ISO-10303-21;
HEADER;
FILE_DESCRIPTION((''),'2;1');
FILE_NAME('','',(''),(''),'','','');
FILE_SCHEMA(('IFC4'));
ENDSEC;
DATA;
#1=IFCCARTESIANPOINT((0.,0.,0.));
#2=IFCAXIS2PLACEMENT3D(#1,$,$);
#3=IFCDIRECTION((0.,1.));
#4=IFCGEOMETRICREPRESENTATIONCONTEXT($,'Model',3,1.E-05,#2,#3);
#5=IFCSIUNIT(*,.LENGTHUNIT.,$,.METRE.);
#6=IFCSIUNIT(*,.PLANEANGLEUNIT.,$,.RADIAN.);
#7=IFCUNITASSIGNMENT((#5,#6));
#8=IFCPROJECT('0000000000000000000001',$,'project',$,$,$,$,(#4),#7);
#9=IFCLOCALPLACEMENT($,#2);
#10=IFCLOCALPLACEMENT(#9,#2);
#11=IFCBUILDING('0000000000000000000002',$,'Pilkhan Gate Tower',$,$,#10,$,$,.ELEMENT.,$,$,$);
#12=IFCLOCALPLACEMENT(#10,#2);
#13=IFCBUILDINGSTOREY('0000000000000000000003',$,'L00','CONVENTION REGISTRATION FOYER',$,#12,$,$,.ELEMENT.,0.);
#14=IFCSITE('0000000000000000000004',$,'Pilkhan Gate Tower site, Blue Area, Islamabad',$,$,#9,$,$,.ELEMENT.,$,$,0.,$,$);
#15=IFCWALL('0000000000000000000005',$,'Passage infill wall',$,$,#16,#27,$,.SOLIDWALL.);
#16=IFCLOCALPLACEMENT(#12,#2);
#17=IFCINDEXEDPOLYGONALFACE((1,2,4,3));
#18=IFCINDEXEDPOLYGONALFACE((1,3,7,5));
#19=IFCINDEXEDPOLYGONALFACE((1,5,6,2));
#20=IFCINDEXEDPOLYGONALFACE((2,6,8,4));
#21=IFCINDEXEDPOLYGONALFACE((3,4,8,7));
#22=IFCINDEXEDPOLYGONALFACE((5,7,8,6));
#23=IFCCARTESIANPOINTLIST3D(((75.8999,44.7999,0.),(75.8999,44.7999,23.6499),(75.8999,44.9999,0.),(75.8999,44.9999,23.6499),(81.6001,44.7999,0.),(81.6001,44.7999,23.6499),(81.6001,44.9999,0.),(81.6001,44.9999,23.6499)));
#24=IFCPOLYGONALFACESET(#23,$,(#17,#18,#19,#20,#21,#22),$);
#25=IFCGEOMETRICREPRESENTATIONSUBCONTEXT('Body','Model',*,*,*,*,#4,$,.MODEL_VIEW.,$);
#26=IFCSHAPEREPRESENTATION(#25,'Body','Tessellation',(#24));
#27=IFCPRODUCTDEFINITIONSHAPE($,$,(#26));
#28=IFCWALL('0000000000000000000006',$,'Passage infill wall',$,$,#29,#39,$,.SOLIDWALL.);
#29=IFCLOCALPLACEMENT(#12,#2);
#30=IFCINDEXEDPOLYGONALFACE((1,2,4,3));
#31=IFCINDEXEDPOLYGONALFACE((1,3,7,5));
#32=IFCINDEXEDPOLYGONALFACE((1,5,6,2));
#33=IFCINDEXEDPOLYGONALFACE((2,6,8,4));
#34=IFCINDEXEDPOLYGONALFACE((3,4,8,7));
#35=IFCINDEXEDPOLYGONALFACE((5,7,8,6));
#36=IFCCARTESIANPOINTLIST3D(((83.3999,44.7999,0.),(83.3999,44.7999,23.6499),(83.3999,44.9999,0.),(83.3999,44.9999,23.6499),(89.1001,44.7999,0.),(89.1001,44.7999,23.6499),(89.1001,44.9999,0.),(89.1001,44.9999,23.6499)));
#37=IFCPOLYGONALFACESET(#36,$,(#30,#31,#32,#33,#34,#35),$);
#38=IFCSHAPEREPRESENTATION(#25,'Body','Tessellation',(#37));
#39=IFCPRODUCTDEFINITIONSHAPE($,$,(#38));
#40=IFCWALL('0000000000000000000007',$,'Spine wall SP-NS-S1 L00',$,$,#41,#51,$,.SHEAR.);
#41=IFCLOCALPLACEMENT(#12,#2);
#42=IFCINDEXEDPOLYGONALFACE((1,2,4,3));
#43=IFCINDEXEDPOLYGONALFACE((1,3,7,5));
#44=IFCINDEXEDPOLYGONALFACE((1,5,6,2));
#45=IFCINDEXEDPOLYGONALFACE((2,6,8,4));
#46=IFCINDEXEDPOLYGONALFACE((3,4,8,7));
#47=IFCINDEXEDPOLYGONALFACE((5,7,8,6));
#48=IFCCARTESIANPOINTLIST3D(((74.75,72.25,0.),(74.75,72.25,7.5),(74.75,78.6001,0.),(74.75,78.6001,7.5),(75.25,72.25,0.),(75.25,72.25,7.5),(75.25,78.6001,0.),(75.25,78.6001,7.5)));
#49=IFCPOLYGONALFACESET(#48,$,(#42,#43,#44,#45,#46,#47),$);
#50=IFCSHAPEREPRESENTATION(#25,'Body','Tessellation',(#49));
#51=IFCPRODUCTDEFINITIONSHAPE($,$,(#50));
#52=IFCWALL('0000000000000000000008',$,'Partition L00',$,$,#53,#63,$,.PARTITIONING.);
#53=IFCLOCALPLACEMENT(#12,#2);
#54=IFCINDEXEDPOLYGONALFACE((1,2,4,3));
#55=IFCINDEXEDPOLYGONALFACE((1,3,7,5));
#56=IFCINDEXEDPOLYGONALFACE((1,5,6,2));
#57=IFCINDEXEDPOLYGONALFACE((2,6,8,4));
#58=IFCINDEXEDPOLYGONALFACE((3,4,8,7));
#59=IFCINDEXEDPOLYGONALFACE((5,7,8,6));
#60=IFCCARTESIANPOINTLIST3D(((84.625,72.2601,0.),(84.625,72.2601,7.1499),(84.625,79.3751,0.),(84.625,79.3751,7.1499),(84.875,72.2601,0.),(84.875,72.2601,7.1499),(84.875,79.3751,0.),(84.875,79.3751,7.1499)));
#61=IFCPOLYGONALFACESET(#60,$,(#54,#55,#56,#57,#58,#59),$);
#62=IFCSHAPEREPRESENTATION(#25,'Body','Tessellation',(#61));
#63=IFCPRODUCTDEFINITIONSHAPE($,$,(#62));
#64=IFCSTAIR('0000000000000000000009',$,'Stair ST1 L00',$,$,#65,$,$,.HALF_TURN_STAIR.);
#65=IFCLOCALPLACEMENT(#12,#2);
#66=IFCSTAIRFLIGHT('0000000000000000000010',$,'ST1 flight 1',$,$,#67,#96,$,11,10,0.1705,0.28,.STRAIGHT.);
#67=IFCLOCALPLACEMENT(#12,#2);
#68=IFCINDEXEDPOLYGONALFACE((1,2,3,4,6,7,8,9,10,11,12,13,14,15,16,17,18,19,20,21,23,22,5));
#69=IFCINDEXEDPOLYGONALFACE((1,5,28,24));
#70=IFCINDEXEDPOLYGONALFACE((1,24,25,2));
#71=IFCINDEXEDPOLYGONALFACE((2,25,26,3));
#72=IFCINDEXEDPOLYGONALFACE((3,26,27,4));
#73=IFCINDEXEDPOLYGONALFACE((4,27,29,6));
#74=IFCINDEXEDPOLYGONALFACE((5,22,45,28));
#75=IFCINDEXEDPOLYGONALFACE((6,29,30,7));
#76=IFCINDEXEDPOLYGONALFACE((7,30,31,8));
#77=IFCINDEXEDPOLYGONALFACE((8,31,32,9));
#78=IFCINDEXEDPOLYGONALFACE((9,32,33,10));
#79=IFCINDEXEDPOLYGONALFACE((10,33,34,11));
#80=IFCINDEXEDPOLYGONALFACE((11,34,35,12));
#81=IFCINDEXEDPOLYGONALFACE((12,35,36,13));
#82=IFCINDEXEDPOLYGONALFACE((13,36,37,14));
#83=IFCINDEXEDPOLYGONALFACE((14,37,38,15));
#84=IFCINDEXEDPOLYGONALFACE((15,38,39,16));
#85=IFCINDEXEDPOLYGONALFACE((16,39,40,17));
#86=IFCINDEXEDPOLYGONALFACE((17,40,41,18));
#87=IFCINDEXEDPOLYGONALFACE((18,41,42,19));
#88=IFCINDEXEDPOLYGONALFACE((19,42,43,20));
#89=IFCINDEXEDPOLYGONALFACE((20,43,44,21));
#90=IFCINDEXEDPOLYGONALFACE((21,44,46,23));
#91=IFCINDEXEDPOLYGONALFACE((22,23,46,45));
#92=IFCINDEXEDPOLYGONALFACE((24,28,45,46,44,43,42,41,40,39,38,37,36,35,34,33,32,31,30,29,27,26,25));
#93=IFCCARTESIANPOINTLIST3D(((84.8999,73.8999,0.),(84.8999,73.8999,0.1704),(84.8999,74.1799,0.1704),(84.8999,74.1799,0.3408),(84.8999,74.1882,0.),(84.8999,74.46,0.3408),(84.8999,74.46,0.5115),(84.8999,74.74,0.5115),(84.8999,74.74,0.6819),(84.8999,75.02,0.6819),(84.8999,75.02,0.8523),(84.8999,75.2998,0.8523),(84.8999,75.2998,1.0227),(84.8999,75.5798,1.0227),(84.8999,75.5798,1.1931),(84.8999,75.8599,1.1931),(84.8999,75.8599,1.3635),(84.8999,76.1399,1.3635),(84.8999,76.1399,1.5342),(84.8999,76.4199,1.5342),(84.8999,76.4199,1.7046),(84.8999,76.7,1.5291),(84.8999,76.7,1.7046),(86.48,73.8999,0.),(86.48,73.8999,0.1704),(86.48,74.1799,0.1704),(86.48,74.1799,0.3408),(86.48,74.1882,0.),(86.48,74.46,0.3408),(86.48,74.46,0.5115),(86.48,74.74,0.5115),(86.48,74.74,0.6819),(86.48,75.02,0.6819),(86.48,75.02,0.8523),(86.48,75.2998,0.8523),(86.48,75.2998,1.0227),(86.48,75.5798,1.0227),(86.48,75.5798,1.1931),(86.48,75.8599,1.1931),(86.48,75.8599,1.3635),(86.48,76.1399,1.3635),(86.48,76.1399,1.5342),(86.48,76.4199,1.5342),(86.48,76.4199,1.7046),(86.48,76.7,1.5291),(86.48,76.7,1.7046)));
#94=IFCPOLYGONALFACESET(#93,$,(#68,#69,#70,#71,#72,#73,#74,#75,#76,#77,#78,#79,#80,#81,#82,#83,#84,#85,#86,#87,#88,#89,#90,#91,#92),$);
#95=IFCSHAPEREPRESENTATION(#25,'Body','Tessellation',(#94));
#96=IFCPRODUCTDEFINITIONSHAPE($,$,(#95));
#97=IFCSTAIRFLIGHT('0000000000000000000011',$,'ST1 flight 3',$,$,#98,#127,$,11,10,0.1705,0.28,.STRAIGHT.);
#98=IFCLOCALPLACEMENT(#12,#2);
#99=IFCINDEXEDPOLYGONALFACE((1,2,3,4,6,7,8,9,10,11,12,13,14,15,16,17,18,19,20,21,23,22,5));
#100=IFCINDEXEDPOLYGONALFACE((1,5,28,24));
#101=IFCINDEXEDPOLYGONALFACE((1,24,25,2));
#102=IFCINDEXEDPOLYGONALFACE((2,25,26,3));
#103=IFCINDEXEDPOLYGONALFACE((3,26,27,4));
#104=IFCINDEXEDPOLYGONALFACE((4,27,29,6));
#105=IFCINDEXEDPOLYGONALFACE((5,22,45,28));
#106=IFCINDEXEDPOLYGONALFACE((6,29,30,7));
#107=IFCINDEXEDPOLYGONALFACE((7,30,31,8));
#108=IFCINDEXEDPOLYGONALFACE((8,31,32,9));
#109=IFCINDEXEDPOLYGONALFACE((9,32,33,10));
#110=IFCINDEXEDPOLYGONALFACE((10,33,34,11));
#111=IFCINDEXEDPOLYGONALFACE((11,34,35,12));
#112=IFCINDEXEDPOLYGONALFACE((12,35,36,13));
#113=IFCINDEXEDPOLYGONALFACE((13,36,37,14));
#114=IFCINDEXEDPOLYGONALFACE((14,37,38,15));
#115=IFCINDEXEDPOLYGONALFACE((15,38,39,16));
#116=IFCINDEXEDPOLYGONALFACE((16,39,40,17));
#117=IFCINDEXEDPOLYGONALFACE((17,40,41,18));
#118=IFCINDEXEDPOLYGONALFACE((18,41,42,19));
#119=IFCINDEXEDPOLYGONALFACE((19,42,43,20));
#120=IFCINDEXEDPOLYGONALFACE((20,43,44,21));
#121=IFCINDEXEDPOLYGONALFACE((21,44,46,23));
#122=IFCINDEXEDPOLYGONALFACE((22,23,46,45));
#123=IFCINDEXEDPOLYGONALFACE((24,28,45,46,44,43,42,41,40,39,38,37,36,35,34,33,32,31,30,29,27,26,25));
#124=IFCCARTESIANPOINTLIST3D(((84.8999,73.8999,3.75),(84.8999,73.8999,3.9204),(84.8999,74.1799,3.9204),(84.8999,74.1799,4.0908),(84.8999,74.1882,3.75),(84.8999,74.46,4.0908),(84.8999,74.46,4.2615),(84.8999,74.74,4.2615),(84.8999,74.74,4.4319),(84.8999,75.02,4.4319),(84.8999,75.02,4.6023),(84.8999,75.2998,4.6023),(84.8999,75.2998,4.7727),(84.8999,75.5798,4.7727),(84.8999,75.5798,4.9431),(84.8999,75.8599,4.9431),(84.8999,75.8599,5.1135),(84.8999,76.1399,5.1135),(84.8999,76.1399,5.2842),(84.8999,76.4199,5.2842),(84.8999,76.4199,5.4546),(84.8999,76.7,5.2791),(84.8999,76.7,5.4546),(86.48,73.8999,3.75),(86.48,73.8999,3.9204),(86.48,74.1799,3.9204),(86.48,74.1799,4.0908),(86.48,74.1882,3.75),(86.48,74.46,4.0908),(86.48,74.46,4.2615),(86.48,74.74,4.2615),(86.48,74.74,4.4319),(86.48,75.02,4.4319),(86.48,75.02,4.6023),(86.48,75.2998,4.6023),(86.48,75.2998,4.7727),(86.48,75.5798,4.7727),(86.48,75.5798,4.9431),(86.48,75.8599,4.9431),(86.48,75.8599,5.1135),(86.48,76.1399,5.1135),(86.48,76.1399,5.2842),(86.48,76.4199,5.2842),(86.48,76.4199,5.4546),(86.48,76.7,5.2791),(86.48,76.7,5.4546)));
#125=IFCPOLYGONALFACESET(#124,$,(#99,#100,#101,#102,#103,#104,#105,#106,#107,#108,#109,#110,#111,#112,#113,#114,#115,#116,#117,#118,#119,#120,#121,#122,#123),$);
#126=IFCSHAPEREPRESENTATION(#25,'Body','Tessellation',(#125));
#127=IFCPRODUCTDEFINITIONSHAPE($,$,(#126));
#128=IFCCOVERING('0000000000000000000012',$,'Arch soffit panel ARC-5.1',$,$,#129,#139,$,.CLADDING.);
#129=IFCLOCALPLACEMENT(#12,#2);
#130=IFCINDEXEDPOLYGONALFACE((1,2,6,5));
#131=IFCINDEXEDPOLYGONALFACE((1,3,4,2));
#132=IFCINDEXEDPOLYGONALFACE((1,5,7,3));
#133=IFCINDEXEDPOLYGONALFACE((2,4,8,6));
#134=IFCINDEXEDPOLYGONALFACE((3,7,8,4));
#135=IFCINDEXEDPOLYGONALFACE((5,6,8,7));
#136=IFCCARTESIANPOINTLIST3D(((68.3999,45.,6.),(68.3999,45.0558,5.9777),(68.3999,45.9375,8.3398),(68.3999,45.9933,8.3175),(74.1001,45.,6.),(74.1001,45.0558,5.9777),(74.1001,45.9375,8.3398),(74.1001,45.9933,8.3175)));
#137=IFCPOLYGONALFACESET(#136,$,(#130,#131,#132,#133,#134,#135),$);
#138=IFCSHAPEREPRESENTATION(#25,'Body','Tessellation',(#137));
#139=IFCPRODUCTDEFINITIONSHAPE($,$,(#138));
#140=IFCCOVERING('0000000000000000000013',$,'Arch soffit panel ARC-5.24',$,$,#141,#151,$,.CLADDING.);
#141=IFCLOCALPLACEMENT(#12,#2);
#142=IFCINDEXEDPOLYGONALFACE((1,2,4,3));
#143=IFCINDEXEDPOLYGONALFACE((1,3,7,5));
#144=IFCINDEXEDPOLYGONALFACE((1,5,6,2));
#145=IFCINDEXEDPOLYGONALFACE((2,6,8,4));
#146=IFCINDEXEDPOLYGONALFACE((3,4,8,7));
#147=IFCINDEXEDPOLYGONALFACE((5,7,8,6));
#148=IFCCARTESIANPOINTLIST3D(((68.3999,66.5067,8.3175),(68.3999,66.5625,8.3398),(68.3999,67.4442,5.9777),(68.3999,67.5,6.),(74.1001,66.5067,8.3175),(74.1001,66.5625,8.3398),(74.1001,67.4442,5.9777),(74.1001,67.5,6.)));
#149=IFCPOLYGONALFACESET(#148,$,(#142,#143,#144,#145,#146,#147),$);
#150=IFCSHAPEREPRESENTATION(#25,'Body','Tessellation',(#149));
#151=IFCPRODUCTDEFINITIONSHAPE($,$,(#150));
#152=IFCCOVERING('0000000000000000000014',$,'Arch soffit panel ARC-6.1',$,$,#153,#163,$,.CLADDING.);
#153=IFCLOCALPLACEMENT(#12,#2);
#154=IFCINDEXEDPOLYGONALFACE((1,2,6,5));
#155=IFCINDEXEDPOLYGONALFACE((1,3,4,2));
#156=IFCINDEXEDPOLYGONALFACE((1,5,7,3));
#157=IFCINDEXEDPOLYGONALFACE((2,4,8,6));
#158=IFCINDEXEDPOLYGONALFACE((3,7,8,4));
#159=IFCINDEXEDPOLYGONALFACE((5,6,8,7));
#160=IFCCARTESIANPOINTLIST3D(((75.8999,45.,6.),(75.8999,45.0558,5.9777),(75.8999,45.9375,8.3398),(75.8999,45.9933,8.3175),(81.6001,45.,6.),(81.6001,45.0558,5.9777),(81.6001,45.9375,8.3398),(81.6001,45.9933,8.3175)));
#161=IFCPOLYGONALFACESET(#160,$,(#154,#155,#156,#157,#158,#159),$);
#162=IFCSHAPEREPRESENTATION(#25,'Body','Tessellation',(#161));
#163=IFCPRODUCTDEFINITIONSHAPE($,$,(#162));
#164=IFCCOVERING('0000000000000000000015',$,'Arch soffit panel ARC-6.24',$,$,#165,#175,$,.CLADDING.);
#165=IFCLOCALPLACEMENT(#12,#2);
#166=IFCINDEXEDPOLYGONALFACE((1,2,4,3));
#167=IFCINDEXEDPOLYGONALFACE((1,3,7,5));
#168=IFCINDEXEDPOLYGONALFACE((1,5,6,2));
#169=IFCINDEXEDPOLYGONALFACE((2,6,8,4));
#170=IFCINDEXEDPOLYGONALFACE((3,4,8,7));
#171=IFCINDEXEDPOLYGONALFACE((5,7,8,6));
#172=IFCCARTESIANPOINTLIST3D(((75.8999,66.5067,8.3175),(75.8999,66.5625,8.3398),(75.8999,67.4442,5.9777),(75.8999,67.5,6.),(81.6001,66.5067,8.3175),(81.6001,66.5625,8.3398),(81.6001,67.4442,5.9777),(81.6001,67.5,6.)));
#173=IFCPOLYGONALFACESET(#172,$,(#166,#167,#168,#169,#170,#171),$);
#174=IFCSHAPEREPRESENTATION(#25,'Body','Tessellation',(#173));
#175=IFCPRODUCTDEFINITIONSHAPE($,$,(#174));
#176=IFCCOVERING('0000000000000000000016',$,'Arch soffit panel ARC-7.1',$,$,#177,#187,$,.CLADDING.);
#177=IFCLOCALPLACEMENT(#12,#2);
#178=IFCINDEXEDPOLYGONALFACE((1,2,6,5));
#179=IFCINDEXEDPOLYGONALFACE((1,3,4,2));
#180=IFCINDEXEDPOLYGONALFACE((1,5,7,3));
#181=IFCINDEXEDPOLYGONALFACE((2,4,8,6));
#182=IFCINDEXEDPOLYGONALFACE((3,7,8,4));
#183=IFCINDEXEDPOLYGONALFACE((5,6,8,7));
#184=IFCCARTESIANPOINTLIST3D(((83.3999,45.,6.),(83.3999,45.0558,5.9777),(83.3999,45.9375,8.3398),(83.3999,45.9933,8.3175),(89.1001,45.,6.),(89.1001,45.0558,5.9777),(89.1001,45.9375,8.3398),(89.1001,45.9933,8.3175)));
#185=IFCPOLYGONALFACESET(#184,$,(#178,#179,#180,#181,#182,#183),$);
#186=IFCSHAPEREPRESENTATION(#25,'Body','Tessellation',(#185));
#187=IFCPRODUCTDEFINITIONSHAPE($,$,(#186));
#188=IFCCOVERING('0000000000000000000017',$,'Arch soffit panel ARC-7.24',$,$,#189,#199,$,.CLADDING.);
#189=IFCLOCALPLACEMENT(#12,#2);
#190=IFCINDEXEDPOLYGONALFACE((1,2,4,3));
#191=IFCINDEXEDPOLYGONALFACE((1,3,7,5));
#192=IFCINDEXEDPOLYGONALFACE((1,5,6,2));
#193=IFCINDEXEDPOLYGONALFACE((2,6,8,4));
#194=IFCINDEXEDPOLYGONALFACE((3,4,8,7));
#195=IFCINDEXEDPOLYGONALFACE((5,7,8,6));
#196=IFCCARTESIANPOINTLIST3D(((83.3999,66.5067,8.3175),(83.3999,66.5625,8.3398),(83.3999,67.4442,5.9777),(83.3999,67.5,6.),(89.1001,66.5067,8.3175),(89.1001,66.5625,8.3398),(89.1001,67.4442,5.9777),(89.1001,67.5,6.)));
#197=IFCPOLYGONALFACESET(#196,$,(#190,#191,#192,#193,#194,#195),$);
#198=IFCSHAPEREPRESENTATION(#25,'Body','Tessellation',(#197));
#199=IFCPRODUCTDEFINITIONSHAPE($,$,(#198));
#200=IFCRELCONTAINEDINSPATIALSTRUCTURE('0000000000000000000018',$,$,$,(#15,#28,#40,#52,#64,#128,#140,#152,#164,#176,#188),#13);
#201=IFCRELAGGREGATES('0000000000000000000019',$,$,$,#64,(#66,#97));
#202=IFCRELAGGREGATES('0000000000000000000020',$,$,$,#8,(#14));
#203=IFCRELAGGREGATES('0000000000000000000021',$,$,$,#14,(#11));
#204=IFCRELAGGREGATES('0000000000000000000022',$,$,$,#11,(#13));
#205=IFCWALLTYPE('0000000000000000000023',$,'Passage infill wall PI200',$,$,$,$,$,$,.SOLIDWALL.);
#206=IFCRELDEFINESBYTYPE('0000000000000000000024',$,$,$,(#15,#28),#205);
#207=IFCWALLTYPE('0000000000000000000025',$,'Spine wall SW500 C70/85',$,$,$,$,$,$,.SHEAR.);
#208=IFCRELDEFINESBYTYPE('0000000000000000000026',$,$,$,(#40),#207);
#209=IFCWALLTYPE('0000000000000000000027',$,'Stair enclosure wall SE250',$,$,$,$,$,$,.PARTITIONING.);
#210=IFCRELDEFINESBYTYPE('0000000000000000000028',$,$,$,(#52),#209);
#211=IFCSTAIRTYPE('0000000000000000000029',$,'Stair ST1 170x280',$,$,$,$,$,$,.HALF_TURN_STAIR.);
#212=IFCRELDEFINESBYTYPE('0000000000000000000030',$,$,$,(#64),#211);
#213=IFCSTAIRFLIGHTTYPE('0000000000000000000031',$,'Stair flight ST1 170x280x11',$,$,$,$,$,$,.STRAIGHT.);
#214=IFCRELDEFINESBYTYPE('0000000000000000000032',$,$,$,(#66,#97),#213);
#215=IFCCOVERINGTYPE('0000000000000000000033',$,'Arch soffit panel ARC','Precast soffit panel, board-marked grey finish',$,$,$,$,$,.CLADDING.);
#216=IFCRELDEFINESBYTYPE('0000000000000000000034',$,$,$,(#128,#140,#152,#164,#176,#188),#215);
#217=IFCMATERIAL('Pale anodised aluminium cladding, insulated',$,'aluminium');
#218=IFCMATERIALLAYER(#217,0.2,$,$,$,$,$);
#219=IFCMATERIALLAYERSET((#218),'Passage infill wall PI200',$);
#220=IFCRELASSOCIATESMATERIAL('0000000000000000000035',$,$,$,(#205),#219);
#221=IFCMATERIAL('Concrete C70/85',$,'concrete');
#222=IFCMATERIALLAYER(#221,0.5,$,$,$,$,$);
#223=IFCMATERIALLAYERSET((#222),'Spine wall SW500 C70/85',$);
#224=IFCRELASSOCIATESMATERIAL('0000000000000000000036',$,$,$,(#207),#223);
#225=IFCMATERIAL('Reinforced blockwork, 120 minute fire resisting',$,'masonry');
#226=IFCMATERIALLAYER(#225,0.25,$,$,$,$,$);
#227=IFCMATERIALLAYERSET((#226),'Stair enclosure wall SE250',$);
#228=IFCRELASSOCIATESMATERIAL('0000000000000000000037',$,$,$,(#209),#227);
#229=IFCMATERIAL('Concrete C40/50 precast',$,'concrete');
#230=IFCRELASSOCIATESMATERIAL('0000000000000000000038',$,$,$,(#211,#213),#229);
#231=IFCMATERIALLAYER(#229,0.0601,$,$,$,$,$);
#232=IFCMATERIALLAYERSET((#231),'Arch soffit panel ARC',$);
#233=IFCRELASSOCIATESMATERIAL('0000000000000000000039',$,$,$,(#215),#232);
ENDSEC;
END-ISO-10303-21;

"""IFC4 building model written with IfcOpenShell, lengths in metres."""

from ifc_helpers import new_model, si_unit, direction, frame, frame_2d, origin, place, context, subcontext, project, spatial, polyline, rectangle, outline, extrude, material, layer, layer_set, type_object, element, aggregate, save


model = new_model("IFC4")

# Units and contexts
model_context = context("Model", 3, precision=1e-05, world=origin(), true_north=direction((0.0, 1.0)))
body_context = subcontext(model_context, "Body", "Model", "MODEL_VIEW")
ifc_project = project(units=[si_unit("LENGTHUNIT", "METRE"), si_unit("PLANEANGLEUNIT", "RADIAN")], contexts=[model_context])

# Site, building, storey
site_placement = place(None, origin())
site = spatial("IfcSite", under=ifc_project, at=site_placement, Name="Pilkhan Gate Tower site, Blue Area, Islamabad", CompositionType="ELEMENT", RefElevation=0.0)
building_placement = place(site_placement, origin())
building = spatial("IfcBuilding", under=site, at=building_placement, Name="Pilkhan Gate Tower", CompositionType="ELEMENT")
storey_placement = place(building_placement, origin())
storey = spatial("IfcBuildingStorey", under=building, at=storey_placement, Name="L00", Description="CONVENTION REGISTRATION FOYER", CompositionType="ELEMENT", Elevation=0.0)

# Shared definitions
ifc_material_1 = material(Name="Concrete C70/85", Category="concrete")

# Walls
ifc_material_2 = material(Name="Pale anodised aluminium cladding, insulated", Category="aluminium")
ifc_layer_1 = layer(ifc_material_2, 0.2)
ifc_layer_set_1 = layer_set([ifc_layer_1], Name="Passage infill wall PI200")
wall_type_1 = type_object("IfcWallType", Name="Passage infill wall PI200", PredefinedType="SOLIDWALL", material=ifc_layer_set_1)
for number, where, z_axis, x_axis, name in (
    (1, (81.6001, 44.8999, 0.0), (0.0, 0.0, 1.0), (-1.0, 0.0, 0.0), "Passage infill wall"),
    (2, (89.1001, 44.8999, 0.0), (0.0, 0.0, 1.0), (-1.0, 0.0, 0.0), "Passage infill wall"),
):
    element("IfcWall", number, at=place(storey_placement, frame(where, z_axis=z_axis, x_axis=x_axis)), inside=storey, type_object=wall_type_1, Name=name, PredefinedType="SOLIDWALL", context=body_context, shape_type="SweptSolid", body=[
        extrude(rectangle(XDim=5.7002, YDim=0.2, at=frame_2d((2.8501, 0.0))), origin(), (0.0, 0.0, 1.0), 23.6499),
    ])
ifc_layer_2 = layer(ifc_material_1, 0.5)
ifc_layer_set_2 = layer_set([ifc_layer_2], Name="Spine wall SW500 C70/85")
wall_type_2 = type_object("IfcWallType", Name="Spine wall SW500 C70/85", PredefinedType="SHEAR", material=ifc_layer_set_2)
wall_1_placement = place(storey_placement, frame((75.0, 72.25, 0.0), z_axis=(0.0, 0.0, 1.0), x_axis=(0.0, 1.0, 0.0)))
element("IfcWall", 3, at=wall_1_placement, inside=storey, type_object=wall_type_2, Name="Spine wall SP-NS-S1 L00", PredefinedType="SHEAR", context=body_context, shape_type="SweptSolid", body=[
    extrude(rectangle(XDim=6.3501, YDim=0.5, at=frame_2d((3.175, 0.0))), origin(), (0.0, 0.0, 1.0), 7.5),
])
ifc_material_3 = material(Name="Reinforced blockwork, 120 minute fire resisting", Category="masonry")
ifc_layer_3 = layer(ifc_material_3, 0.25)
ifc_layer_set_3 = layer_set([ifc_layer_3], Name="Stair enclosure wall SE250")
wall_type_3 = type_object("IfcWallType", Name="Stair enclosure wall SE250", PredefinedType="PARTITIONING", material=ifc_layer_set_3)
wall_2_placement = place(storey_placement, frame((84.75, 72.26, 0.0), z_axis=(0.0, 0.0, 1.0), x_axis=(0.0, 1.0, 0.0)))
element("IfcWall", 4, at=wall_2_placement, inside=storey, type_object=wall_type_3, Name="Partition L00", PredefinedType="PARTITIONING", context=body_context, shape_type="SweptSolid", body=[
    extrude(rectangle(XDim=7.115, YDim=0.25, at=frame_2d((3.5576, 0.0))), origin(), (0.0, 0.0, 1.0), 7.1499),
])

# Stair, stair flights
ifc_material_4 = material(Name="Concrete C40/50 precast", Category="concrete")
stair_type = type_object("IfcStairType", Name="Stair ST1 170x280", PredefinedType="HALF_TURN_STAIR", material=ifc_material_4)
stair_placement = place(storey_placement, origin())
stair = element("IfcStair", 5, at=stair_placement, inside=storey, type_object=stair_type, Name="Stair ST1 L00", PredefinedType="HALF_TURN_STAIR")
stair_flight_type = type_object("IfcStairFlightType", Name="Stair flight ST1 170x280x11", PredefinedType="STRAIGHT", material=ifc_material_4)
stair_flight_1_placement = place(storey_placement, frame((85.6899, 73.8999, 0.0), z_axis=(0.0, 0.0, 1.0), x_axis=(0.0, 1.0, 0.0)))
stair_flight_1 = element("IfcStairFlight", 6, at=stair_flight_1_placement, type_object=stair_flight_type, Name="ST1 flight 1", NumberOfRisers=11, NumberOfTreads=10, PredefinedType="STRAIGHT", RiserHeight=0.1705, TreadLength=0.28, context=body_context, shape_type="SweptSolid", body=[
    extrude(outline(polyline([(0.0, 0.0), (0.0, 0.1704), (0.28, 0.1704), (0.28, 0.3408), (0.5601, 0.3408), (0.5601, 0.5115), (0.8401, 0.5115), (0.8401, 0.6819), (1.1201, 0.6819), (1.1201, 0.8523), (1.3999, 0.8523), (1.3999, 1.0227), (1.6799, 1.0227), (1.6799, 1.1931), (1.96, 1.1931), (1.96, 1.3635), (2.24, 1.3635), (2.24, 1.5342), (2.52, 1.5342), (2.52, 1.7046), (2.8, 1.7046), (2.8, 1.875), (2.8, 1.5291), (0.2883, 0.0), (0.0, 0.0)])), frame((0.0, 0.79, 0.0), z_axis=(0.0, -1.0, 0.0), x_axis=(1.0, 0.0, 0.0)), (0.0, 0.0, 1.0), 1.5801),
])
stair_flight_2_placement = place(storey_placement, frame((85.6899, 73.8999, 3.75), z_axis=(0.0, 0.0, 1.0), x_axis=(0.0, 1.0, 0.0)))
stair_flight_2 = element("IfcStairFlight", 7, at=stair_flight_2_placement, type_object=stair_flight_type, Name="ST1 flight 3", NumberOfRisers=11, NumberOfTreads=10, PredefinedType="STRAIGHT", RiserHeight=0.1705, TreadLength=0.28, context=body_context, shape_type="SweptSolid", body=[
    extrude(outline(polyline([(0.0, 0.0), (0.0, 0.1704), (0.28, 0.1704), (0.28, 0.3408), (0.5601, 0.3408), (0.5601, 0.5115), (0.8401, 0.5115), (0.8401, 0.6819), (1.1201, 0.6819), (1.1201, 0.8523), (1.3999, 0.8523), (1.3999, 1.0227), (1.6799, 1.0227), (1.6799, 1.1931), (1.96, 1.1931), (1.96, 1.3635), (2.24, 1.3635), (2.24, 1.5342), (2.52, 1.5342), (2.52, 1.7046), (2.8, 1.7046), (2.8, 1.875), (2.8, 1.5291), (0.2883, 0.0), (0.0, 0.0)])), frame((0.0, 0.79, 0.0), z_axis=(0.0, -1.0, 0.0), x_axis=(1.0, 0.0, 0.0)), (0.0, 0.0, 1.0), 1.5801),
])
aggregate(stair, [stair_flight_1, stair_flight_2])

# Coverings
ifc_layer_4 = layer(ifc_material_4, 0.0601)
ifc_layer_set_4 = layer_set([ifc_layer_4], Name="Arch soffit panel ARC")
covering_type = type_object("IfcCoveringType", Name="Arch soffit panel ARC", Description="Precast soffit panel, board-marked grey finish", PredefinedType="CLADDING", material=ifc_layer_set_4)
for number, where, z_axis, x_axis, name in (
    (8, (68.3999, 45.0, 6.0), (0.0, -0.928263, 0.371925), (1.0, 0.0, 0.0), "Arch soffit panel ARC-5.1"),
    (9, (68.3999, 66.5625, 8.3398), (0.0, 0.928263, 0.371925), (1.0, 0.0, 0.0), "Arch soffit panel ARC-5.24"),
    (10, (75.8999, 45.0, 6.0), (0.0, -0.928263, 0.371925), (1.0, 0.0, 0.0), "Arch soffit panel ARC-6.1"),
    (11, (75.8999, 66.5625, 8.3398), (0.0, 0.928263, 0.371925), (1.0, 0.0, 0.0), "Arch soffit panel ARC-6.24"),
    (12, (83.3999, 45.0, 6.0), (0.0, -0.928263, 0.371925), (1.0, 0.0, 0.0), "Arch soffit panel ARC-7.1"),
    (13, (83.3999, 66.5625, 8.3398), (0.0, 0.928263, 0.371925), (1.0, 0.0, 0.0), "Arch soffit panel ARC-7.24"),
):
    element("IfcCovering", number, at=place(storey_placement, frame(where, z_axis=z_axis, x_axis=x_axis)), inside=storey, type_object=covering_type, Name=name, PredefinedType="CLADDING", context=body_context, shape_type="SweptSolid", body=[
        extrude(outline(polyline([(0.0, 0.0), (5.7002, 0.0), (5.7002, 2.5207), (0.0, 2.5207), (0.0, 0.0)])), origin(), (0.0, 0.0, -1.0), 0.0601),
    ])

save(model, "model.ifc")
